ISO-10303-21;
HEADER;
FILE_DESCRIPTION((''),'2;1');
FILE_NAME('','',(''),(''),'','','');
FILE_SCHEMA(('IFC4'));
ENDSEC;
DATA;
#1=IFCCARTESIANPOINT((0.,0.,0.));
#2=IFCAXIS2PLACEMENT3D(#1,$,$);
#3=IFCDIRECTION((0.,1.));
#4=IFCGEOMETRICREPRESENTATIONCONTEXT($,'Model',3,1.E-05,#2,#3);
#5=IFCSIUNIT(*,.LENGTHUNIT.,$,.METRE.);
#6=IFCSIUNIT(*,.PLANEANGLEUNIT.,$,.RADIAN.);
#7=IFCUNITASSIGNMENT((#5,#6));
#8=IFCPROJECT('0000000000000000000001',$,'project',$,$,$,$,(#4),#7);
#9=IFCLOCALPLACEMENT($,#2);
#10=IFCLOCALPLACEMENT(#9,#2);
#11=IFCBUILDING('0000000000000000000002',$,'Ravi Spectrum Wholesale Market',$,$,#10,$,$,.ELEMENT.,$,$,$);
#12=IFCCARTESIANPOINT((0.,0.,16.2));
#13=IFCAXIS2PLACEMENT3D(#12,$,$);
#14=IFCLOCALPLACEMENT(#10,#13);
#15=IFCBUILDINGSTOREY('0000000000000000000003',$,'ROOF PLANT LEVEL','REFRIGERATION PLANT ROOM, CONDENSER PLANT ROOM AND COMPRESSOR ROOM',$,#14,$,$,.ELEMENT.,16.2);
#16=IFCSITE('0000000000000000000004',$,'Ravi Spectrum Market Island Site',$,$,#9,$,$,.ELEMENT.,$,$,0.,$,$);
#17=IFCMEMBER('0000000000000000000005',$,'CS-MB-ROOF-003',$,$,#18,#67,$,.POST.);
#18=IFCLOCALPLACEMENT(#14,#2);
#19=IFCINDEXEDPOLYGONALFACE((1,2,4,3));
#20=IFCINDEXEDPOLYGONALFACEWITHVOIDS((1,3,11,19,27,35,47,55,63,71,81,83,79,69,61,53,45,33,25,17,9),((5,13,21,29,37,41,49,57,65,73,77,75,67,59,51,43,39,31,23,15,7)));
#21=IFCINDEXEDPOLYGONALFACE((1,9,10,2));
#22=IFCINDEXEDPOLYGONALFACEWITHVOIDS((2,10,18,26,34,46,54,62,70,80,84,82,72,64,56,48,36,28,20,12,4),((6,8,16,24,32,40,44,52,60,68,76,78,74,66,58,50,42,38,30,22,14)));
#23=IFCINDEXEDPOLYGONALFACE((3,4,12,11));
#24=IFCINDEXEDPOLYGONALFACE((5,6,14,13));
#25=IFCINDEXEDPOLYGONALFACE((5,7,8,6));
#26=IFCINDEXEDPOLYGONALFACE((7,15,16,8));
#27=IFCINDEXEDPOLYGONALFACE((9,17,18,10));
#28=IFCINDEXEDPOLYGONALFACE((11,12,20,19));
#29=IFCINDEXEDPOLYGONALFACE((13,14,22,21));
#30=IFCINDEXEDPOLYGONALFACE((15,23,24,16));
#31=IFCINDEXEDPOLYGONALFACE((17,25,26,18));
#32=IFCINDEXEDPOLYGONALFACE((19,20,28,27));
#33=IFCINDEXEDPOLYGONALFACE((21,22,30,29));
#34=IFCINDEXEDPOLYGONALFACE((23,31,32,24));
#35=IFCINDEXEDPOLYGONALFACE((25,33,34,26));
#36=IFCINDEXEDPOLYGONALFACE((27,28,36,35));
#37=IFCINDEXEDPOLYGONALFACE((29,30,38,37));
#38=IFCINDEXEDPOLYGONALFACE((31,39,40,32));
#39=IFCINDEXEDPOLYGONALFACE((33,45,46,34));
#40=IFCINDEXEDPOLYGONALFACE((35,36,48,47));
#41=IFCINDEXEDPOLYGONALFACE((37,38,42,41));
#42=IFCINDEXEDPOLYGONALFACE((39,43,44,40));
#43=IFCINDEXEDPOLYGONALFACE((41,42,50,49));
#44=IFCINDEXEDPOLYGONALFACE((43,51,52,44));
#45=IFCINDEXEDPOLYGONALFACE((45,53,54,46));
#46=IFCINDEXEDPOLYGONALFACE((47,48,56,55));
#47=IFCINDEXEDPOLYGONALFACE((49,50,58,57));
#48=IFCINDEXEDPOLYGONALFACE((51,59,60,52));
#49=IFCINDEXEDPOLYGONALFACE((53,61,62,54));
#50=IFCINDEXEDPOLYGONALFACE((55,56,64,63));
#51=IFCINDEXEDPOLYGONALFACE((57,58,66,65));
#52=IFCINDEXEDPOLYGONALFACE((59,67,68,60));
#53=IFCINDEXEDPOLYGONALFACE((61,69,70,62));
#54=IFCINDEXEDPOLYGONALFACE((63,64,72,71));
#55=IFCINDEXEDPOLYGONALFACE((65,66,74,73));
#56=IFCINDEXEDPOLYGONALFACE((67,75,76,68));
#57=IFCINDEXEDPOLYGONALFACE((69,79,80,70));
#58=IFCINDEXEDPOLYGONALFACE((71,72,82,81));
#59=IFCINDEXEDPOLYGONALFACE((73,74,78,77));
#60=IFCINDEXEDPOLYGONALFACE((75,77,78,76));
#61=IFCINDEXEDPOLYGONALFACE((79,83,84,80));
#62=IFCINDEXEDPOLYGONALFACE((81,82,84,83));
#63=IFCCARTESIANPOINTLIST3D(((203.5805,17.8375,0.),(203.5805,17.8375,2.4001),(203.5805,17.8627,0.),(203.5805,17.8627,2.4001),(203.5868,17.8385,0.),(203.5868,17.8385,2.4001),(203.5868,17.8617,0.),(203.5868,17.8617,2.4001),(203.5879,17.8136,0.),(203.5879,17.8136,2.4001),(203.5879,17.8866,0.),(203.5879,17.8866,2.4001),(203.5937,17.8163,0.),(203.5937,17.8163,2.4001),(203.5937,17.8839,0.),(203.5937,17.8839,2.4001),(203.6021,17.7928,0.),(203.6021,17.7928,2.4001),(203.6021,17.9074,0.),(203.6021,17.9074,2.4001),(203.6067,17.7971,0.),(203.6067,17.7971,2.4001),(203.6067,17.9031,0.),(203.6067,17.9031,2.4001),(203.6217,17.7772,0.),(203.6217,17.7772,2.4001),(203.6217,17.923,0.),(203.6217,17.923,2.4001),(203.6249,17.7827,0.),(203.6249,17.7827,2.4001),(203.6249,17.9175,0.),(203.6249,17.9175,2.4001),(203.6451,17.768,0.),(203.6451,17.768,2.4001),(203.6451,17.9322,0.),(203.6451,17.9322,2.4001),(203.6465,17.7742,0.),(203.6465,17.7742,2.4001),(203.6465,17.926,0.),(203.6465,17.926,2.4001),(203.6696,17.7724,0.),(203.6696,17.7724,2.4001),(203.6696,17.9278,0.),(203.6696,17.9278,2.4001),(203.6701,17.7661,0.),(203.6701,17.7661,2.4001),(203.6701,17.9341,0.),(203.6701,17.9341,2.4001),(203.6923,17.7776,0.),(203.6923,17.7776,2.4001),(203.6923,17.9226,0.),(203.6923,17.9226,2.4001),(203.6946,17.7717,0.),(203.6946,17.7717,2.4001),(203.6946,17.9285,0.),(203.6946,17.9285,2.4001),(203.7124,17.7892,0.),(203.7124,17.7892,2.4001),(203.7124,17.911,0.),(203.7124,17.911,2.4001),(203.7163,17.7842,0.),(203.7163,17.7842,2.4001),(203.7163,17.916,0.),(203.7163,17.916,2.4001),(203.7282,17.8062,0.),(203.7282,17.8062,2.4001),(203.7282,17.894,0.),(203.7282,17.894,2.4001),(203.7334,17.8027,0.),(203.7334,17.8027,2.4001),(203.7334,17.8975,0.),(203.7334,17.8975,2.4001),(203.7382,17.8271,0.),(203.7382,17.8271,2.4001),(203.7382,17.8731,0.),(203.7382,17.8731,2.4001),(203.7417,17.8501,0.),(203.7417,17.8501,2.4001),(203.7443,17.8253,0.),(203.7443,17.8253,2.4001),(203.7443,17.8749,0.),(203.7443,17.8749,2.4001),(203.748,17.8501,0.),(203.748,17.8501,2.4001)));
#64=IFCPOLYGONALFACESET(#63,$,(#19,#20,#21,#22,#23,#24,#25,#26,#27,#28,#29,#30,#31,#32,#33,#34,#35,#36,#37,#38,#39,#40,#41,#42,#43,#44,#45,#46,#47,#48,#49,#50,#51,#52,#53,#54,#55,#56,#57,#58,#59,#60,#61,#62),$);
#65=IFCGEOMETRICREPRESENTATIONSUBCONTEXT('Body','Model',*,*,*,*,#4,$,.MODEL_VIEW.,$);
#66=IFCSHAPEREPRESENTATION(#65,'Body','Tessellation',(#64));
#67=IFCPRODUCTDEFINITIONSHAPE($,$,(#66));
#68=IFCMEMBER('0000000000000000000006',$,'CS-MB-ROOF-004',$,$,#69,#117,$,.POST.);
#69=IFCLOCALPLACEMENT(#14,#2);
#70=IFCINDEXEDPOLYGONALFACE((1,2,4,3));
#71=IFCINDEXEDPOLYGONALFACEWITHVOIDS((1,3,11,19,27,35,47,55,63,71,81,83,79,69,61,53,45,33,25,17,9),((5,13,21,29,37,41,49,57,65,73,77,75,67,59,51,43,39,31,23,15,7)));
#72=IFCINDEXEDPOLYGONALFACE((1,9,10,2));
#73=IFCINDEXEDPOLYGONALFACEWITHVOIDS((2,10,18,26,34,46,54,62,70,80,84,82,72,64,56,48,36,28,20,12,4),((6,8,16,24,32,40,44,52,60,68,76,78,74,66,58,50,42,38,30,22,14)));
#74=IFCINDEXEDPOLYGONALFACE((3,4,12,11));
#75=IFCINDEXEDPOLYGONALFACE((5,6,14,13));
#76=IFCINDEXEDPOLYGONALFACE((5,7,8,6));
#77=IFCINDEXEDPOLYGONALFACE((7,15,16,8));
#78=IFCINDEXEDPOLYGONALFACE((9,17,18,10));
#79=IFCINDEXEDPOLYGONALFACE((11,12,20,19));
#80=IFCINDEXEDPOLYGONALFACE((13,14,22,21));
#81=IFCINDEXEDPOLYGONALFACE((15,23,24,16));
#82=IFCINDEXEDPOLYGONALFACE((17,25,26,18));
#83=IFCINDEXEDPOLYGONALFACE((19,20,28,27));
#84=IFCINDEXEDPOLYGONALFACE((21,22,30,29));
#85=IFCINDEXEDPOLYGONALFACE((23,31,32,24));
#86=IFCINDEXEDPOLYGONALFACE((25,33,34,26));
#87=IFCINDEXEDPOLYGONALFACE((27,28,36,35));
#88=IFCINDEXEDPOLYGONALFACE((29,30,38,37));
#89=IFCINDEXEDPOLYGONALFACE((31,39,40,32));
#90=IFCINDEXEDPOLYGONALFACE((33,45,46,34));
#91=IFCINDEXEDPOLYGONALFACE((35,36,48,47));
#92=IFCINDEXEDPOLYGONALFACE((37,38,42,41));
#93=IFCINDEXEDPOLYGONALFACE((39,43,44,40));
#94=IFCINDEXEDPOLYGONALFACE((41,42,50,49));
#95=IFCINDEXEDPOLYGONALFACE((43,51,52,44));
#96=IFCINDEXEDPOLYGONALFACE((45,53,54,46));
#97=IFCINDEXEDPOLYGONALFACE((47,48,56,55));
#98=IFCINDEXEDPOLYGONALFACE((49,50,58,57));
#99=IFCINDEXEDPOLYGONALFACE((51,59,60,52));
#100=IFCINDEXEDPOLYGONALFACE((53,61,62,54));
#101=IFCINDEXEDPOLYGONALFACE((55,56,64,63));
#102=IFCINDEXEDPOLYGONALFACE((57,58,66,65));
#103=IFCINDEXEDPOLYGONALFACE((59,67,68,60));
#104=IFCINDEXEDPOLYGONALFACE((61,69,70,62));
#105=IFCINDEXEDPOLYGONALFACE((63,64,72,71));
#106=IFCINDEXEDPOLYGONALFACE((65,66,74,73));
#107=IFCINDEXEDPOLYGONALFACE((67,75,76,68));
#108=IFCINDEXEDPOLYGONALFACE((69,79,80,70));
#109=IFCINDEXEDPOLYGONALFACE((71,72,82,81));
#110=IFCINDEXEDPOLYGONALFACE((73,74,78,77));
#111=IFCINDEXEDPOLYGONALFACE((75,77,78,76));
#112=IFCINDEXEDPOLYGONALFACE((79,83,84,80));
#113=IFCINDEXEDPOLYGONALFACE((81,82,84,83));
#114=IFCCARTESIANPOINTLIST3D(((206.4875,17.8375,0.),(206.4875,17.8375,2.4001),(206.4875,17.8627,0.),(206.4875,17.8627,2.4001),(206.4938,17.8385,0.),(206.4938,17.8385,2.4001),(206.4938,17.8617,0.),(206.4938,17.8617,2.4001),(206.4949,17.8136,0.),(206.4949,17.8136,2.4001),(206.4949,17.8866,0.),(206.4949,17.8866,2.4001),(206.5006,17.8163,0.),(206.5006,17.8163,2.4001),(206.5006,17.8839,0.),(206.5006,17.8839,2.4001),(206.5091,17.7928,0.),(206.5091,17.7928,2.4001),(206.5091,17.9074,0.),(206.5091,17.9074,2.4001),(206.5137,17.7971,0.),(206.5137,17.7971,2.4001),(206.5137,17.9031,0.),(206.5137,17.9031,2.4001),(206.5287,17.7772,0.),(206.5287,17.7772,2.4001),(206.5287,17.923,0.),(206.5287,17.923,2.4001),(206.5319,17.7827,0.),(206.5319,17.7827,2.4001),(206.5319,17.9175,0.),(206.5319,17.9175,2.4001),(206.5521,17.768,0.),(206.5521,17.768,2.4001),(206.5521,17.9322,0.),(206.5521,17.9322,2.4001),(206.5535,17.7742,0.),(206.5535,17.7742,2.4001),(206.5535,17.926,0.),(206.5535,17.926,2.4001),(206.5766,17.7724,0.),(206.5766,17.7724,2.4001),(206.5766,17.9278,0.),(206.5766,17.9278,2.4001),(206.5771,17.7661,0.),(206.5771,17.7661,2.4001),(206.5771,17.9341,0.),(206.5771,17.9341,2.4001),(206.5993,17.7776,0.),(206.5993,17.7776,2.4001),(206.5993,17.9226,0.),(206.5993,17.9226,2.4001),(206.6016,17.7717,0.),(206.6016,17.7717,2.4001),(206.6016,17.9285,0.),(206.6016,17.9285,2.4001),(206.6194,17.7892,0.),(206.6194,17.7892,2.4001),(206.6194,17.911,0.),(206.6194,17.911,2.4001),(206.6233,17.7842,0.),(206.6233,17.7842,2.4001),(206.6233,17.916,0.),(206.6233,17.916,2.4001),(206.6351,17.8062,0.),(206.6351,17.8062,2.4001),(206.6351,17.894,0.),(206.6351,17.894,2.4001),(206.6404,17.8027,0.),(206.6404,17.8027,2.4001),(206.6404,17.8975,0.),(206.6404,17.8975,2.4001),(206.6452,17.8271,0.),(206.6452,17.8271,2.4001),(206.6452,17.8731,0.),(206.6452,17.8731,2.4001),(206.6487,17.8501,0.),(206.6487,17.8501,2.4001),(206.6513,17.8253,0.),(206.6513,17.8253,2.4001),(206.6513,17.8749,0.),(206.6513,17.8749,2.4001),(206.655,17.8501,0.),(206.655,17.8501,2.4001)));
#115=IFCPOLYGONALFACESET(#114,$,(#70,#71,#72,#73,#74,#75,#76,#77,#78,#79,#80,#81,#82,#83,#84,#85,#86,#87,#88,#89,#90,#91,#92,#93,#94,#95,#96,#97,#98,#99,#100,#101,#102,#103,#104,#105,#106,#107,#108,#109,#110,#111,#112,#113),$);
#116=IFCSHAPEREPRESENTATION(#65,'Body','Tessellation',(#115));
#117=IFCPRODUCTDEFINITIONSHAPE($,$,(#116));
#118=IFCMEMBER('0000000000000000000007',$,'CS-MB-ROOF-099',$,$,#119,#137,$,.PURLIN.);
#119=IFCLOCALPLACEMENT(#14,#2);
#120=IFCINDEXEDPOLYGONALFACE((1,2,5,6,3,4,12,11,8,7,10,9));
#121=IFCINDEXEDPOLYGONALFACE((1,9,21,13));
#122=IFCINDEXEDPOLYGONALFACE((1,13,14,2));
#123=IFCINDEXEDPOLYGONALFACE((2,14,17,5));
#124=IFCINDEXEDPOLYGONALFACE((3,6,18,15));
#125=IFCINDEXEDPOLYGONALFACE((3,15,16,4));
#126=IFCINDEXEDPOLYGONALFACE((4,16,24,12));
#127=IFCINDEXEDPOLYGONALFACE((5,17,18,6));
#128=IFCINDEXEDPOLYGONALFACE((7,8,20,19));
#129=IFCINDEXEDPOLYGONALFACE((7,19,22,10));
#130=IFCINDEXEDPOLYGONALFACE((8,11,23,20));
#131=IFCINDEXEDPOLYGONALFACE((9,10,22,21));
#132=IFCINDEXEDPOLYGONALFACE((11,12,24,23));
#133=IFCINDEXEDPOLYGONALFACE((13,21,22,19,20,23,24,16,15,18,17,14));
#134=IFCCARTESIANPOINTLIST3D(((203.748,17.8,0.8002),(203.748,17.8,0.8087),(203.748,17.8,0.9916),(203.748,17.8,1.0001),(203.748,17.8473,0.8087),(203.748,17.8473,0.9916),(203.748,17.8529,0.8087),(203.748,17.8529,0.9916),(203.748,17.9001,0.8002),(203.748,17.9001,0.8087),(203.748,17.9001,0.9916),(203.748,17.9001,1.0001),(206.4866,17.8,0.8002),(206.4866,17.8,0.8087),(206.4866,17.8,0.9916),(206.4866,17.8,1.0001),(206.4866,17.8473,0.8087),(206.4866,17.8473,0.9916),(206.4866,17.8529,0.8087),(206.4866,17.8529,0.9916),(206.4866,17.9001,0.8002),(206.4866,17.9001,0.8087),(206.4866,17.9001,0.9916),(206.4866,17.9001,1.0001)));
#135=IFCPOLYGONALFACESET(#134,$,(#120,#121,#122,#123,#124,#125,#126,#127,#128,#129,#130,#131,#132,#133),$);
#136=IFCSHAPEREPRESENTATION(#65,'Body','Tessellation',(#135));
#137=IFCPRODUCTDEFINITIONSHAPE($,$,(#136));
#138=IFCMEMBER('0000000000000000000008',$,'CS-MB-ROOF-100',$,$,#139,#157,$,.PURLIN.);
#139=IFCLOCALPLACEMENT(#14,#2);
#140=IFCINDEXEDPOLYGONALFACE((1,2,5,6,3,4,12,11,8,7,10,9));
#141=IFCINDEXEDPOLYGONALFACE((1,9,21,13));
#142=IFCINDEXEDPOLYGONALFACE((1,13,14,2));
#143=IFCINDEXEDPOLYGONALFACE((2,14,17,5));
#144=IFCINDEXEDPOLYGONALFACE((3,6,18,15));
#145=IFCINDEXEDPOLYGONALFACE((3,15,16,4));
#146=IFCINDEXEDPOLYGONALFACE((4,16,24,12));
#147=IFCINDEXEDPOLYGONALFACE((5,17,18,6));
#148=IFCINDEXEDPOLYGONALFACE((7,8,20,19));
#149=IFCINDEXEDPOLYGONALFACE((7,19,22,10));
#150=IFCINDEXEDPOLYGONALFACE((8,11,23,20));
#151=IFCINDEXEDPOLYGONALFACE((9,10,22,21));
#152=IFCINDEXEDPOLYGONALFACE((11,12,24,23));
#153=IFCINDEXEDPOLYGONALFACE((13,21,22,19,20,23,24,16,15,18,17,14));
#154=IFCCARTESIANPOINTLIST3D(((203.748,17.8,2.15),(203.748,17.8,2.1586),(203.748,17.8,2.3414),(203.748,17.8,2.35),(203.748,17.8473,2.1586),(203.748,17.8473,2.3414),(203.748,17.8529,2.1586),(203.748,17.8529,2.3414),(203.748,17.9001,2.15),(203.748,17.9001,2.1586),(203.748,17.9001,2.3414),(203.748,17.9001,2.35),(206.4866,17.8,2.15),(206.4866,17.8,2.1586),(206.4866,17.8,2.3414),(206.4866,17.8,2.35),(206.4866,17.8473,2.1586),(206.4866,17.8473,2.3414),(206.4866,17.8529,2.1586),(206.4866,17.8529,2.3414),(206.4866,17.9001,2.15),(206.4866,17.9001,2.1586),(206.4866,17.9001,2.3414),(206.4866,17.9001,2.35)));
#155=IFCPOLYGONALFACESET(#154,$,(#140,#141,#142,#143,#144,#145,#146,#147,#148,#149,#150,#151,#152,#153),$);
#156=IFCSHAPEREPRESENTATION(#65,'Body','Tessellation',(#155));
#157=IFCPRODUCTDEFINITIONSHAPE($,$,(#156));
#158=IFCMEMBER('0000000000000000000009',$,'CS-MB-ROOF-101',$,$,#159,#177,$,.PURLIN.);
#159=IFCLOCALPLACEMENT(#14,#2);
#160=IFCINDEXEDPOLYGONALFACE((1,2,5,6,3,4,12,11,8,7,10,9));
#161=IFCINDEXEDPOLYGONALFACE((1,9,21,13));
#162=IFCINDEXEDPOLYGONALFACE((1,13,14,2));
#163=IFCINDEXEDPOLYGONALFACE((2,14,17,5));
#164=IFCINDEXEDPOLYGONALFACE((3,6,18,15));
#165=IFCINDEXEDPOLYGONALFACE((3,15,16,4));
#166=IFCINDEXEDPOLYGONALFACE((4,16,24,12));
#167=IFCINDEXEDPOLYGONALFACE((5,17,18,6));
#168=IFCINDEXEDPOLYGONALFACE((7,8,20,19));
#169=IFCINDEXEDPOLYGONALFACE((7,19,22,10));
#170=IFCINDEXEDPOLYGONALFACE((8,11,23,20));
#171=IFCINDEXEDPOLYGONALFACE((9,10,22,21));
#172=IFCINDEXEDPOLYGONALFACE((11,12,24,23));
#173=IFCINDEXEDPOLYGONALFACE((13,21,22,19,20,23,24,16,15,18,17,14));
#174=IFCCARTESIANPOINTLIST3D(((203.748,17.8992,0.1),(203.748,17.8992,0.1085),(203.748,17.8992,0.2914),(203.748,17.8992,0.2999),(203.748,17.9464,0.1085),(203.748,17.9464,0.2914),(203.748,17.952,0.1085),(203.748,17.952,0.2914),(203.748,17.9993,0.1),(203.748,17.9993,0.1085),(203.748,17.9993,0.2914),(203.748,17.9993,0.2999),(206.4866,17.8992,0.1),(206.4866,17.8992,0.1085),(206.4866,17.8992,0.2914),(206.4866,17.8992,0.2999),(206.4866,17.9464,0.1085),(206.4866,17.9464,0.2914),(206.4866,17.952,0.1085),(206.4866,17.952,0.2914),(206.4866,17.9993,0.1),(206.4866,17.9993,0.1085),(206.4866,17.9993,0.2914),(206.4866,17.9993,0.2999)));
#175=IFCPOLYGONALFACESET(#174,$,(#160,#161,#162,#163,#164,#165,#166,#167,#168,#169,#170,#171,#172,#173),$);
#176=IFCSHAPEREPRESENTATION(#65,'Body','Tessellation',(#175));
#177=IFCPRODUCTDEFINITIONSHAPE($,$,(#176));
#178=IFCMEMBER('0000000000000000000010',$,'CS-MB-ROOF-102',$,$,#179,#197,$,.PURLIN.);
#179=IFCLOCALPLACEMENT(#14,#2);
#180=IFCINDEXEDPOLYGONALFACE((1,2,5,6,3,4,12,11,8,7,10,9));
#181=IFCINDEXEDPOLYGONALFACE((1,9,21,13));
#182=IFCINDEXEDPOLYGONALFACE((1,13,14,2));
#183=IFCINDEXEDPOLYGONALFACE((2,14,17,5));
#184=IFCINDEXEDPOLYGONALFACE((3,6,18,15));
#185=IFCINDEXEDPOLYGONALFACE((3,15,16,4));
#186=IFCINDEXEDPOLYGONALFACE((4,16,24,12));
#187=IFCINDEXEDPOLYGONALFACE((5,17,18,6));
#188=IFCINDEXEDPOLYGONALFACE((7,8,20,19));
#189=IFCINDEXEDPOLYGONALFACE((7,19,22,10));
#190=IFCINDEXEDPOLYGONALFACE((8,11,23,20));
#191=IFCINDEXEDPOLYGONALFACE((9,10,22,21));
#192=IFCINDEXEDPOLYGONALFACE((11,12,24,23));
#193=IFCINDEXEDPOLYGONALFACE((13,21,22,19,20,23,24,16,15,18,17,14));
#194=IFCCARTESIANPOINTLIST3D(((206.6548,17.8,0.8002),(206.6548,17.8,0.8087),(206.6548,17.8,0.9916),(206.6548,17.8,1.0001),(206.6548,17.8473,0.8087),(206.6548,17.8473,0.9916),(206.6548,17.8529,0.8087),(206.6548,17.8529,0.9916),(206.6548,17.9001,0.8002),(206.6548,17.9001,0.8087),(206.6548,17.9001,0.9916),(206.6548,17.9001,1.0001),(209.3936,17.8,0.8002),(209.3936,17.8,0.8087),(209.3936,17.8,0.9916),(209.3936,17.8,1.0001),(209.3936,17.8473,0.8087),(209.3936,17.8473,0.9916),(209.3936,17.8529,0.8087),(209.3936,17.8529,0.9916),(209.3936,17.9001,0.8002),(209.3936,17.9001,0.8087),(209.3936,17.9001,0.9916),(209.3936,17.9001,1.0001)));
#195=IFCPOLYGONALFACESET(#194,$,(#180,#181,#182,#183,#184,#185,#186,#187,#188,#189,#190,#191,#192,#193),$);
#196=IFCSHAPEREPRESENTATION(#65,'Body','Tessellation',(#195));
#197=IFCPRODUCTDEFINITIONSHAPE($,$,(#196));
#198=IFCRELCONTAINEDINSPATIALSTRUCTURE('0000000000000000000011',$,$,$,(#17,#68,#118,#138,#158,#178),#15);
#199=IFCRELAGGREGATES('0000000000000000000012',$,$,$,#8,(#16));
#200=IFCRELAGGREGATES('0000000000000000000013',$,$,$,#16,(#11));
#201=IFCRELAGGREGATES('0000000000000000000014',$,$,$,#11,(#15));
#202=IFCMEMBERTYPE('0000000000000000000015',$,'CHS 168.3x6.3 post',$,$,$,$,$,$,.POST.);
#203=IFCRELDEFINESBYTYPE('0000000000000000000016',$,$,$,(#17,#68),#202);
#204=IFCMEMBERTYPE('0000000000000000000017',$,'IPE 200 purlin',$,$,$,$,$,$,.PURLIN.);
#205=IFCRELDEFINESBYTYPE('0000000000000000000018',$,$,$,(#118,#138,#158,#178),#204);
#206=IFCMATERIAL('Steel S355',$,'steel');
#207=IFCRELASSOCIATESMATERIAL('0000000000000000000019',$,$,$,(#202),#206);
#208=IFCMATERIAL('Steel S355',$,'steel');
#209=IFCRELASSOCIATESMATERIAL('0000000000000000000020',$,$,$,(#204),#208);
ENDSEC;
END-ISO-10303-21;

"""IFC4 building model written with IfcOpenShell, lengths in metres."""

from ifc_helpers import new_model, si_unit, direction, frame, origin, origin_2d, place, context, subcontext, project, spatial, hollow_circle, i_section, extrude, material, material_profile, profile_set, type_object, element, save


model = new_model("IFC4")

# Units and contexts
model_context = context("Model", 3, precision=1e-05, world=origin(), true_north=direction((0.0, 1.0)))
body_context = subcontext(model_context, "Body", "Model", "MODEL_VIEW")
ifc_project = project(units=[si_unit("LENGTHUNIT", "METRE"), si_unit("PLANEANGLEUNIT", "RADIAN")], contexts=[model_context])

# Site, building, storey
site_placement = place(None, origin())
site = spatial("IfcSite", under=ifc_project, at=site_placement, Name="Ravi Spectrum Market Island Site", CompositionType="ELEMENT", RefElevation=0.0)
building_placement = place(site_placement, origin())
building = spatial("IfcBuilding", under=site, at=building_placement, Name="Ravi Spectrum Wholesale Market", CompositionType="ELEMENT")
storey_placement = place(building_placement, frame((0.0, 0.0, 16.2)))
storey = spatial("IfcBuildingStorey", under=building, at=storey_placement, Name="ROOF PLANT LEVEL", Description="REFRIGERATION PLANT ROOM, CONDENSER PLANT ROOM AND COMPRESSOR ROOM", CompositionType="ELEMENT", Elevation=16.2)

# Members
ifc_material_1 = material(Name="Steel S355", Category="steel")
ifc_material_profile_1 = material_profile(ifc_material_1, hollow_circle(Radius=0.0842, WallThickness=0.0063, at=origin_2d()))
ifc_profile_set_1 = profile_set([ifc_material_profile_1], Name="Steel S355")
member_type_1 = type_object("IfcMemberType", Name="CHS 168.3x6.3 post", PredefinedType="POST", material=ifc_profile_set_1)
for number, where, z_axis, x_axis, name in (
    (1, (203.6638, 17.8501, 0.0), (0.0, 0.0, 1.0), (1.0, 0.0, 0.0), "CS-MB-ROOF-003"),
    (2, (206.5708, 17.8501, 0.0), (0.0, 0.0, 1.0), (1.0, 0.0, 0.0), "CS-MB-ROOF-004"),
):
    element("IfcMember", number, at=place(storey_placement, frame(where, z_axis=z_axis, x_axis=x_axis)), inside=storey, type_object=member_type_1, Name=name, PredefinedType="POST", context=body_context, shape_type="SweptSolid", body=[
        extrude(hollow_circle(Radius=0.0842, WallThickness=0.0063, at=origin_2d()), origin(), (0.0, 0.0, 1.0), 2.4001),
    ])
ifc_material_2 = material(Name="Steel S355", Category="steel")
ifc_material_profile_2 = material_profile(ifc_material_2, i_section(OverallWidth=0.1001, OverallDepth=0.2, WebThickness=0.0056, FlangeThickness=0.0085, at=origin_2d()))
ifc_profile_set_2 = profile_set([ifc_material_profile_2], Name="Steel S355")
member_type_2 = type_object("IfcMemberType", Name="IPE 200 purlin", PredefinedType="PURLIN", material=ifc_profile_set_2)
for number, where, z_axis, x_axis, name in (
    (3, (203.748, 17.8501, 0.9001), (1.0, 0.0, 0.0), (0.0, 1.0, 0.0), "CS-MB-ROOF-099"),
    (4, (203.748, 17.8501, 2.25), (1.0, 0.0, 0.0), (0.0, 1.0, 0.0), "CS-MB-ROOF-100"),
    (5, (203.748, 17.9492, 0.2), (1.0, 0.0, 0.0), (0.0, 1.0, 0.0), "CS-MB-ROOF-101"),
):
    element("IfcMember", number, at=place(storey_placement, frame(where, z_axis=z_axis, x_axis=x_axis)), inside=storey, type_object=member_type_2, Name=name, PredefinedType="PURLIN", context=body_context, shape_type="SweptSolid", body=[
        extrude(i_section(OverallWidth=0.1001, OverallDepth=0.2, WebThickness=0.0056, FlangeThickness=0.0085, at=origin_2d()), origin(), (0.0, 0.0, 1.0), 2.7385),
    ])
member_placement = place(storey_placement, frame((206.6548, 17.8501, 0.9001), z_axis=(1.0, 0.0, 0.0), x_axis=(0.0, 1.0, 0.0)))
element("IfcMember", 6, at=member_placement, inside=storey, type_object=member_type_2, Name="CS-MB-ROOF-102", PredefinedType="PURLIN", context=body_context, shape_type="SweptSolid", body=[
    extrude(i_section(OverallWidth=0.1001, OverallDepth=0.2, WebThickness=0.0056, FlangeThickness=0.0085, at=origin_2d()), origin(), (0.0, 0.0, 1.0), 2.7388),
])

save(model, "model.ifc")
